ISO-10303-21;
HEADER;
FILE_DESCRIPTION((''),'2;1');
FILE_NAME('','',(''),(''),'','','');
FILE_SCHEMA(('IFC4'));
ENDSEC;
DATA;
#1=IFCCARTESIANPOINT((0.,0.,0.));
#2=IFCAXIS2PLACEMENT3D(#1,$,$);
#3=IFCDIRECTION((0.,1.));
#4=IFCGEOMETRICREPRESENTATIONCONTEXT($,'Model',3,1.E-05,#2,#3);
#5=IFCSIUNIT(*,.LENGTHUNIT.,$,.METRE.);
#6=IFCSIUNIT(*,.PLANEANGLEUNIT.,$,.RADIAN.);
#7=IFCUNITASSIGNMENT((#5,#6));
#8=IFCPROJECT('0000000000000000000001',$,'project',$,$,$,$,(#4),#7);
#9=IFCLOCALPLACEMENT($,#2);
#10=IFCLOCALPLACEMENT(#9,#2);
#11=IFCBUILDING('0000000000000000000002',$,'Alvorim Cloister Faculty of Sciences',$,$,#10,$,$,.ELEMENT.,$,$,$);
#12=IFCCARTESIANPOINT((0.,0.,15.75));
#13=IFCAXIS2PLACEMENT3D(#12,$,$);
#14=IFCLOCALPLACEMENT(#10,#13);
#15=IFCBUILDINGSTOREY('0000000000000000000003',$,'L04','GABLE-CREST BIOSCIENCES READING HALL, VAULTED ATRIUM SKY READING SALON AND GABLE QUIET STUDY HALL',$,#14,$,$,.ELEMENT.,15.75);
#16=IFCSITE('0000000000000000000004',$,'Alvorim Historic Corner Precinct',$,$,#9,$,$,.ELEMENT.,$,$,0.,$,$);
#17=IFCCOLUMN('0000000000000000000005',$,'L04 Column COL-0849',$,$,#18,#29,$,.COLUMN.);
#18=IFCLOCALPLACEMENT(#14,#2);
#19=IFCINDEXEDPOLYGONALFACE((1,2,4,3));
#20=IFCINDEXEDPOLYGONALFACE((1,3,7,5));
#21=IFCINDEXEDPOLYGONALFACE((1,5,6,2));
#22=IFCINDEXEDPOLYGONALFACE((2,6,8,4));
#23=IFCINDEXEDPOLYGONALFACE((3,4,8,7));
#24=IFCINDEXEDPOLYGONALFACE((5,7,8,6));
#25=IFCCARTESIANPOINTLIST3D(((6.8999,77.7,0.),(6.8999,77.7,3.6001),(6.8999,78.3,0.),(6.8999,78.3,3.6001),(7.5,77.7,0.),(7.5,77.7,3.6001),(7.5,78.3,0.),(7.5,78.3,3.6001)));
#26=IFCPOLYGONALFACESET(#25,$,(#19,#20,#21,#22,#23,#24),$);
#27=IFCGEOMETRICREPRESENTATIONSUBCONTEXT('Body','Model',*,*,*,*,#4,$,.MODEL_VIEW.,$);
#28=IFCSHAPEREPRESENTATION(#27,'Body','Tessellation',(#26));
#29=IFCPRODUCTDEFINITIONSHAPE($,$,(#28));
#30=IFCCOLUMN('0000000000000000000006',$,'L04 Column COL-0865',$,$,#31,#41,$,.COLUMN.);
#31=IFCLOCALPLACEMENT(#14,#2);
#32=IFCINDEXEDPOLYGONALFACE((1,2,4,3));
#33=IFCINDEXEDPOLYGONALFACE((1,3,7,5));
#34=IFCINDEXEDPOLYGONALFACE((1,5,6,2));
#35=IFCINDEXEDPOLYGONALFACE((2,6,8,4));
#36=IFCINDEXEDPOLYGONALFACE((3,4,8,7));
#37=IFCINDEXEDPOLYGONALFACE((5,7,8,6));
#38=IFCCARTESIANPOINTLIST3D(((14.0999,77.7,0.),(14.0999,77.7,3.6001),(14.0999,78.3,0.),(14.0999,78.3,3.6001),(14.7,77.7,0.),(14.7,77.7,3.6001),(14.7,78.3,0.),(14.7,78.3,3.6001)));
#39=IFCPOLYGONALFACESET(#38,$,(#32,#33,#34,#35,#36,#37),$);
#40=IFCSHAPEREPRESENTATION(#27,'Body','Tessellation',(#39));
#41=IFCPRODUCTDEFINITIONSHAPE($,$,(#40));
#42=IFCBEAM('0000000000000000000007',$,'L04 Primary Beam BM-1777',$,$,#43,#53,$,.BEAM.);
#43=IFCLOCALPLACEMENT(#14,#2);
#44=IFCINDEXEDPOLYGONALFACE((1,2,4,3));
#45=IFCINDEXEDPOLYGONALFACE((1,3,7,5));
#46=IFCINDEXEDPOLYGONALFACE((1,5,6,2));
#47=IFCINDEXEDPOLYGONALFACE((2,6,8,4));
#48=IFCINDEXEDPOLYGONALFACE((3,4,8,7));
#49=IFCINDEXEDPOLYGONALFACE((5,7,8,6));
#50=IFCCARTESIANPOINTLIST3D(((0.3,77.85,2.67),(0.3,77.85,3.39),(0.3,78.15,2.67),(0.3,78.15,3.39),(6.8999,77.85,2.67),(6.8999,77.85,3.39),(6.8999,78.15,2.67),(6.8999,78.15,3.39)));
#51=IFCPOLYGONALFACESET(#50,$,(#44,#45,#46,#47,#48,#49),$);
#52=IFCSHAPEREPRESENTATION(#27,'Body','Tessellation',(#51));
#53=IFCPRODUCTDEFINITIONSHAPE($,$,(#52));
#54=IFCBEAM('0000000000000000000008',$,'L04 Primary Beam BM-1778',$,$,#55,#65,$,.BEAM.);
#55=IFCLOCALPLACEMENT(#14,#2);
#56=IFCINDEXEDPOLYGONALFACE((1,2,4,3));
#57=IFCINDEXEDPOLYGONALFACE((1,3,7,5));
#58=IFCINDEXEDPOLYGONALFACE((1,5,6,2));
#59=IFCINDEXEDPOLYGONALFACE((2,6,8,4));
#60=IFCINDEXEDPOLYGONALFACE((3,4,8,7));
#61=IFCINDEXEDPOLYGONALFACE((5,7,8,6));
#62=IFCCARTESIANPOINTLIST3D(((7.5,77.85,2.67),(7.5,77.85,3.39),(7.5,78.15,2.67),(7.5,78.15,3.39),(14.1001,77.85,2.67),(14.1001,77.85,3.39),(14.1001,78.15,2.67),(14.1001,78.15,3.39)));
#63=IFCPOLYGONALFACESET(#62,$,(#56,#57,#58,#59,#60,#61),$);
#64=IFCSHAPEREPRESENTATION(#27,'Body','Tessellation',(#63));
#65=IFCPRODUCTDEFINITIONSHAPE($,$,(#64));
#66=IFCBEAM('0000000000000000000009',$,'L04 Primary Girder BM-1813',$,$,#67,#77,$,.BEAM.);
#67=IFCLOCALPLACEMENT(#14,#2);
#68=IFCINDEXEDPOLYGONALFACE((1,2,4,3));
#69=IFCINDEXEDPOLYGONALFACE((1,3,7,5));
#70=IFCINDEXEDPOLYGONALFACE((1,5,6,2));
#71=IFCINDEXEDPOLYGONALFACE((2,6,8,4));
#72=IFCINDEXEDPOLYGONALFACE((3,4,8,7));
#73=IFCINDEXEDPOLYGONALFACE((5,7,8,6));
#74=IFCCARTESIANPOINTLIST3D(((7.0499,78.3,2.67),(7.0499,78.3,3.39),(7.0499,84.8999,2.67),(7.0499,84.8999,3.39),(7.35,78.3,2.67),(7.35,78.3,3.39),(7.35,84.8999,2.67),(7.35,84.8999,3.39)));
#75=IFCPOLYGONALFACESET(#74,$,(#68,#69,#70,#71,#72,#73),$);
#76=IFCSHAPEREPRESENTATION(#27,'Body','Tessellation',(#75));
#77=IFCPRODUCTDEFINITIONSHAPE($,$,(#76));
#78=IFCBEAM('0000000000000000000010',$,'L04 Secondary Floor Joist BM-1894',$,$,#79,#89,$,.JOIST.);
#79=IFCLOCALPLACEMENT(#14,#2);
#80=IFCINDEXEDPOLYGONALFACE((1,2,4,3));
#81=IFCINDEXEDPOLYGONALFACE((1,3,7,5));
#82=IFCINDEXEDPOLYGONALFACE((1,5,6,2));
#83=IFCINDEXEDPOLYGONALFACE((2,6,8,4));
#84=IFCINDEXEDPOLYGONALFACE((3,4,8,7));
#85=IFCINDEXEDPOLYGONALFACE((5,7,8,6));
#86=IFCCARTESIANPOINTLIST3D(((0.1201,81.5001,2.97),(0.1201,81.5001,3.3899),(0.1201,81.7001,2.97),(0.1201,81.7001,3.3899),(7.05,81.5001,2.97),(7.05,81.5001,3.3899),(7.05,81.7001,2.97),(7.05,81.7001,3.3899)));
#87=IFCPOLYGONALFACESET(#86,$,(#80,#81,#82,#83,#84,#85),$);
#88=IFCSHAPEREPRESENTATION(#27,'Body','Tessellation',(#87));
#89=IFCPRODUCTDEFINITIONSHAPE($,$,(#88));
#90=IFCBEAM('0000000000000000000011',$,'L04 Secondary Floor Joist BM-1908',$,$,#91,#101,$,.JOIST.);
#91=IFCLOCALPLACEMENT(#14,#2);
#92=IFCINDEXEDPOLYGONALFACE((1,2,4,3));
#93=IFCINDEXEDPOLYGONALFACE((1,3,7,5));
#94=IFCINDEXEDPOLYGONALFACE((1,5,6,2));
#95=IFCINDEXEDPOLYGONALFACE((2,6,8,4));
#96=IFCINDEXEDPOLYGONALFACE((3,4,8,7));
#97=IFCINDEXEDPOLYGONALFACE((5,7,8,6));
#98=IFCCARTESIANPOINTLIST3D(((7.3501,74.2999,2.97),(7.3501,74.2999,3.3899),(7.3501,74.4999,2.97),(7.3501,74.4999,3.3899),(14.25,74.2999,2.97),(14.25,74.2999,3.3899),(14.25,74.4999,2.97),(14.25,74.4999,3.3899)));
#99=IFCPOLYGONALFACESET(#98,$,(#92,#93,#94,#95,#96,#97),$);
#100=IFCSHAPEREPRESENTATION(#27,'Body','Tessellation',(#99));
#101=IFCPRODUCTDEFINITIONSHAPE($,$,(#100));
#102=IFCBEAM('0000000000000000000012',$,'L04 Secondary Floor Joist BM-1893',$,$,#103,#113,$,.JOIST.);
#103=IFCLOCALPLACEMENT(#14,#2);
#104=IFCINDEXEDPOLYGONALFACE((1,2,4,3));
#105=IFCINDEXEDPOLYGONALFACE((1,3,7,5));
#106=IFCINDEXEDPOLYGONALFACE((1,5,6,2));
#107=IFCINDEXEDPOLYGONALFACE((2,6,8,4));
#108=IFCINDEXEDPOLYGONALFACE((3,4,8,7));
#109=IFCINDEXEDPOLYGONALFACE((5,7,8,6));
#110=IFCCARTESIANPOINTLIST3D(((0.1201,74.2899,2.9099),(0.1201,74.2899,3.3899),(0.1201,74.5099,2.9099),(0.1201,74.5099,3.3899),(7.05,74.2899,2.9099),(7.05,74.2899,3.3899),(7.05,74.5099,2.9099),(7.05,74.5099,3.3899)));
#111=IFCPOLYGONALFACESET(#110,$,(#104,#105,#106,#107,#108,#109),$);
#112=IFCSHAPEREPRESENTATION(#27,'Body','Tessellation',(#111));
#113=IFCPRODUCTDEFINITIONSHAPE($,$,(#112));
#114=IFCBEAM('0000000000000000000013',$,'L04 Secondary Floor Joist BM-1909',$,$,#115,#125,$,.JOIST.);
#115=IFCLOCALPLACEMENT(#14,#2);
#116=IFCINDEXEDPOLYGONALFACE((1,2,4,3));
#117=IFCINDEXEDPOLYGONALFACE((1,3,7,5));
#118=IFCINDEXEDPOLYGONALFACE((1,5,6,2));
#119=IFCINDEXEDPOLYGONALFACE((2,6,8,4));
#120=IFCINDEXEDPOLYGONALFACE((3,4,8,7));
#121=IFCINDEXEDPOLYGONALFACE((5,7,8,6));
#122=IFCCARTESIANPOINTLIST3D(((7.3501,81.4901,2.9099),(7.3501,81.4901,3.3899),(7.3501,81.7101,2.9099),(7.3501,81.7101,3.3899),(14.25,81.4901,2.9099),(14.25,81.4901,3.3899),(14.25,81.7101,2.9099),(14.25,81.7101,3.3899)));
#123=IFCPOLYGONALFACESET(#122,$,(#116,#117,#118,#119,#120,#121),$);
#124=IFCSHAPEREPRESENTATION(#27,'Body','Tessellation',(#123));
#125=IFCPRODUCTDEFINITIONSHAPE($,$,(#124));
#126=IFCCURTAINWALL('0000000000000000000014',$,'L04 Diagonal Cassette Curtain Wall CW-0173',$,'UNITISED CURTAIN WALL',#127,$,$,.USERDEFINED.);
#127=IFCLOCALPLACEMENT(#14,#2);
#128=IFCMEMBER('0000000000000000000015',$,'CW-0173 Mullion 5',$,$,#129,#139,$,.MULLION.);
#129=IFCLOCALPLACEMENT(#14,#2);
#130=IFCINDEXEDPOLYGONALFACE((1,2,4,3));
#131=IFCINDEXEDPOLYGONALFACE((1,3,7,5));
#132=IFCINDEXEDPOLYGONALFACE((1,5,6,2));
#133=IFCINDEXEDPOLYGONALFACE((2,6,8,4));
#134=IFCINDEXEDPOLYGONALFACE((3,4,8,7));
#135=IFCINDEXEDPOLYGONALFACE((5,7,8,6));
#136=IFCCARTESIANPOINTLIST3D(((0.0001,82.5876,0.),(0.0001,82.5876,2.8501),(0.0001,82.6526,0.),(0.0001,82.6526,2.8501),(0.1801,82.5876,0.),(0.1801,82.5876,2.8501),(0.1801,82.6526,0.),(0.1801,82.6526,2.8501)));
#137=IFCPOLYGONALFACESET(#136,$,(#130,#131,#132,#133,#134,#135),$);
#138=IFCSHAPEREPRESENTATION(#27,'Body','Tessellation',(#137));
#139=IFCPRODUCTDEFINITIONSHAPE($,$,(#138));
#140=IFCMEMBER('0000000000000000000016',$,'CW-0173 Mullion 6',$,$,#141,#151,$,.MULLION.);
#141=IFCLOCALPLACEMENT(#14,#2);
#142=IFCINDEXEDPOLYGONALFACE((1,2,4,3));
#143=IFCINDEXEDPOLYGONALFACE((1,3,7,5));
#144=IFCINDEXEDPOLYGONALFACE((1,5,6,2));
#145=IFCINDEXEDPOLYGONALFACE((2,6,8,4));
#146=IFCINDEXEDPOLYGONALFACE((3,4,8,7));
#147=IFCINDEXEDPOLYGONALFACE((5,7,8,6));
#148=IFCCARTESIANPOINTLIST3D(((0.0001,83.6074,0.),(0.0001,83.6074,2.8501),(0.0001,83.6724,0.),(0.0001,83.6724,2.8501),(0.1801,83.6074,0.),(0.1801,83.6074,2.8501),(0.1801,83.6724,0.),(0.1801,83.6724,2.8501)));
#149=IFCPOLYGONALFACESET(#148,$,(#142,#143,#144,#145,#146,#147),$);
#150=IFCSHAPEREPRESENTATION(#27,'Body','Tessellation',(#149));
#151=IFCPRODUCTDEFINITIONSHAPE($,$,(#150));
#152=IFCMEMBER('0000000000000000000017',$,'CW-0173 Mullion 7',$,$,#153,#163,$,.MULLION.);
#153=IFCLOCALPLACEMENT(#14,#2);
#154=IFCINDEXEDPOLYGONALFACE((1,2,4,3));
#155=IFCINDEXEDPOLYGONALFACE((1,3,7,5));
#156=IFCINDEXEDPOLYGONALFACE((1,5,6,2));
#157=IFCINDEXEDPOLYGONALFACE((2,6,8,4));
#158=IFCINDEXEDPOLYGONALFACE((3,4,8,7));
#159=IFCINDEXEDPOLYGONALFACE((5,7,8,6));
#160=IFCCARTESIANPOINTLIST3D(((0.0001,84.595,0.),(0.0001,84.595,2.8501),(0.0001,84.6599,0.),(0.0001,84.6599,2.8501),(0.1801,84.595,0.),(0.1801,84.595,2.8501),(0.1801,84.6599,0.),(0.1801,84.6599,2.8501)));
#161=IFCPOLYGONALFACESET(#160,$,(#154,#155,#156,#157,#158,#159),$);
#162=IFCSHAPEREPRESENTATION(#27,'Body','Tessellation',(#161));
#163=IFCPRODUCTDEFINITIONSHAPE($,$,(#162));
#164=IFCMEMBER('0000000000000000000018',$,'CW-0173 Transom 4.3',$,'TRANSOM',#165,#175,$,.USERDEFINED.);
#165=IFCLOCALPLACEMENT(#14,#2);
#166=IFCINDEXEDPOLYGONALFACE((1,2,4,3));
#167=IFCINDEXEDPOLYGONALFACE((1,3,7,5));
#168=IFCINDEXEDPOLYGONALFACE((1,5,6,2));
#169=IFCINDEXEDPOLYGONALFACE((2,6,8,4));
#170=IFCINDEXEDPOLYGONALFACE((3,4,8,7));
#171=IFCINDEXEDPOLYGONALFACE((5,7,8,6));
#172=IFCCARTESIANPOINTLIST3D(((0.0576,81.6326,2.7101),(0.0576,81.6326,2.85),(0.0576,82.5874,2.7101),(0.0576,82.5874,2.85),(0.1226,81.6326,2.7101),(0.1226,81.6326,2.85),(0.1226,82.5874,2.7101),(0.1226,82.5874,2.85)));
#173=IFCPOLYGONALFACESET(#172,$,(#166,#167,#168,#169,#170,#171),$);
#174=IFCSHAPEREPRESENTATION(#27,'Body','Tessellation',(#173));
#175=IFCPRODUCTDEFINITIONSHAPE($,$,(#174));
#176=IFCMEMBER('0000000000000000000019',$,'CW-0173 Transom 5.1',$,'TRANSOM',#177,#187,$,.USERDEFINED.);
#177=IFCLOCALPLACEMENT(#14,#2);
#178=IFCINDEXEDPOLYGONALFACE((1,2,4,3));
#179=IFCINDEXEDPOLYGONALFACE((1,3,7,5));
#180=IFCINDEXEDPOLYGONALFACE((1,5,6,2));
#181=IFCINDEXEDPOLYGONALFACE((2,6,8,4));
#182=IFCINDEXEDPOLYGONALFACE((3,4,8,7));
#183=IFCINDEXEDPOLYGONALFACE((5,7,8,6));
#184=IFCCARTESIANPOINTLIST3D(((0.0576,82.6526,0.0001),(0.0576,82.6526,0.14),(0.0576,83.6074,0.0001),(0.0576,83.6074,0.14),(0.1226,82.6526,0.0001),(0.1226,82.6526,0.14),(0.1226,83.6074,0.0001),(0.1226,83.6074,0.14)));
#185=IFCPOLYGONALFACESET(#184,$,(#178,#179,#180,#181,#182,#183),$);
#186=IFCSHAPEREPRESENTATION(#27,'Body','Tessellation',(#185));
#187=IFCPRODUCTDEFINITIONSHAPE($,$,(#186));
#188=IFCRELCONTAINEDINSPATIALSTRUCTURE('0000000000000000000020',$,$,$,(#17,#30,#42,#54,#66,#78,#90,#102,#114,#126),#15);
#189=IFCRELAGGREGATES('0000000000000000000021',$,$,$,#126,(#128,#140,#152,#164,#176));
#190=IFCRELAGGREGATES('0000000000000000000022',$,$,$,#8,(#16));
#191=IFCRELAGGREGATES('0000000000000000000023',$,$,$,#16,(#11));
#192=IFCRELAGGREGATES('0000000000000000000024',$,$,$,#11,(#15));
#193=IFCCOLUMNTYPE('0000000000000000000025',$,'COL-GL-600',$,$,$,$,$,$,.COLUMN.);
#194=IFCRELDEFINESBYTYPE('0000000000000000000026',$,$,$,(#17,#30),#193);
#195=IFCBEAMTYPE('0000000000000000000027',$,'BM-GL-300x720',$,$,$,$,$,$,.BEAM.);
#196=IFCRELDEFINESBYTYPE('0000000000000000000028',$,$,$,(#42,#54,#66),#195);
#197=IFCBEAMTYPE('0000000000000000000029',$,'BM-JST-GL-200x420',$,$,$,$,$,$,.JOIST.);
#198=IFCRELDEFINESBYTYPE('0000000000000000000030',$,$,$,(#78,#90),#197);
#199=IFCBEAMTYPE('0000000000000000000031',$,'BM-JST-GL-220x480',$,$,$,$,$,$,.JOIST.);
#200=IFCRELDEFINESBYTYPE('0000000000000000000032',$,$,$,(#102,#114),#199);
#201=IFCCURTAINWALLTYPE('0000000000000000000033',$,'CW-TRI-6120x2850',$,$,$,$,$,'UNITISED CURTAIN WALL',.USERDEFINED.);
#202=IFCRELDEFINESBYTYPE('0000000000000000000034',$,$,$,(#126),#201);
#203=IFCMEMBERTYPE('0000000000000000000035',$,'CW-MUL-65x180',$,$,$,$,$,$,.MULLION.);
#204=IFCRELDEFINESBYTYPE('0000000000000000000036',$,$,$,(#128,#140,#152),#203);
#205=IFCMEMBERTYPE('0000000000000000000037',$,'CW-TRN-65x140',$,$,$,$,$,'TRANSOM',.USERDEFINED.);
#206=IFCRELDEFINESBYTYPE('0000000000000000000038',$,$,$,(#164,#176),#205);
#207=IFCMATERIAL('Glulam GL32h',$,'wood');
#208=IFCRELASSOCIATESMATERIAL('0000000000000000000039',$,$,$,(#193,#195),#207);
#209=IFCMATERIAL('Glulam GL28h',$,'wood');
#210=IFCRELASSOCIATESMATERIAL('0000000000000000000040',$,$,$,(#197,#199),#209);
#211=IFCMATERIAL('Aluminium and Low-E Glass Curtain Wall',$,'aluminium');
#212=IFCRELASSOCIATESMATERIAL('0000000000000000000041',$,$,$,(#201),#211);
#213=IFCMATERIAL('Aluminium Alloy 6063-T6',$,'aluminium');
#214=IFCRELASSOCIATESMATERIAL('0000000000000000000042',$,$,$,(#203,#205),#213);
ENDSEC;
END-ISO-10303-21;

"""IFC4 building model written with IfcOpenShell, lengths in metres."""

from ifc_helpers import new_model, si_unit, direction, frame, origin, origin_2d, place, context, subcontext, project, spatial, rectangle, extrude, material, material_profile, profile_set, type_object, element, aggregate, save


model = new_model("IFC4")

# Units and contexts
model_context = context("Model", 3, precision=1e-05, world=origin(), true_north=direction((0.0, 1.0)))
body_context = subcontext(model_context, "Body", "Model", "MODEL_VIEW")
ifc_project = project(units=[si_unit("LENGTHUNIT", "METRE"), si_unit("PLANEANGLEUNIT", "RADIAN")], contexts=[model_context])

# Site, building, storey
site_placement = place(None, origin())
site = spatial("IfcSite", under=ifc_project, at=site_placement, Name="Alvorim Historic Corner Precinct", CompositionType="ELEMENT", RefElevation=0.0)
building_placement = place(site_placement, origin())
building = spatial("IfcBuilding", under=site, at=building_placement, Name="Alvorim Cloister Faculty of Sciences", CompositionType="ELEMENT")
storey_placement = place(building_placement, frame((0.0, 0.0, 15.75)))
storey = spatial("IfcBuildingStorey", under=building, at=storey_placement, Name="L04", Description="GABLE-CREST BIOSCIENCES READING HALL, VAULTED ATRIUM SKY READING SALON AND GABLE QUIET STUDY HALL", CompositionType="ELEMENT", Elevation=15.75)

# Columns
ifc_material_1 = material(Name="Glulam GL32h", Category="wood")
ifc_material_profile_1 = material_profile(ifc_material_1, rectangle(XDim=0.6001, YDim=0.6001, at=origin_2d()), Name="GL32-COL-600x600")
ifc_profile_set_1 = profile_set([ifc_material_profile_1], Name="Glulam GL32h")
column_type = type_object("IfcColumnType", Name="COL-GL-600", PredefinedType="COLUMN", material=ifc_profile_set_1)
for number, where, z_axis, x_axis, name in (
    (1, (7.2, 78.0, 0.0), (0.0, 0.0, 1.0), (1.0, 0.0, 0.0), "L04 Column COL-0849"),
    (2, (14.3999, 78.0, 0.0), (0.0, 0.0, 1.0), (1.0, 0.0, 0.0), "L04 Column COL-0865"),
):
    element("IfcColumn", number, at=place(storey_placement, frame(where, z_axis=z_axis, x_axis=x_axis)), inside=storey, type_object=column_type, Name=name, PredefinedType="COLUMN", context=body_context, shape_type="SweptSolid", body=[
        extrude(rectangle(XDim=0.6001, YDim=0.6001, at=origin_2d()), origin(), (0.0, 0.0, 1.0), 3.6001),
    ])

# Beams
ifc_material_profile_2 = material_profile(ifc_material_1, rectangle(XDim=0.3, YDim=0.72, at=origin_2d()), Name="GL32-BM-300x720")
ifc_profile_set_2 = profile_set([ifc_material_profile_2], Name="Glulam GL32h")
beam_type_1 = type_object("IfcBeamType", Name="BM-GL-300x720", PredefinedType="BEAM", material=ifc_profile_set_2)
beam_1_placement = place(storey_placement, frame((0.3, 78.0, 3.03), z_axis=(1.0, 0.0, 0.0), x_axis=(0.0, 1.0, 0.0)))
element("IfcBeam", 3, at=beam_1_placement, inside=storey, type_object=beam_type_1, Name="L04 Primary Beam BM-1777", PredefinedType="BEAM", context=body_context, shape_type="SweptSolid", body=[
    extrude(rectangle(XDim=0.3, YDim=0.72, at=origin_2d()), origin(), (0.0, 0.0, 1.0), 6.5999),
])
beam_2_placement = place(storey_placement, frame((7.5, 78.0, 3.03), z_axis=(1.0, 0.0, 0.0), x_axis=(0.0, 1.0, 0.0)))
element("IfcBeam", 4, at=beam_2_placement, inside=storey, type_object=beam_type_1, Name="L04 Primary Beam BM-1778", PredefinedType="BEAM", context=body_context, shape_type="SweptSolid", body=[
    extrude(rectangle(XDim=0.3, YDim=0.72, at=origin_2d()), origin(), (0.0, 0.0, 1.0), 6.6001),
])
beam_3_placement = place(storey_placement, frame((7.2, 78.3, 3.03), z_axis=(0.0, 1.0, 0.0), x_axis=(-1.0, 0.0, 0.0)))
element("IfcBeam", 5, at=beam_3_placement, inside=storey, type_object=beam_type_1, Name="L04 Primary Girder BM-1813", PredefinedType="BEAM", context=body_context, shape_type="SweptSolid", body=[
    extrude(rectangle(XDim=0.3, YDim=0.72, at=origin_2d()), origin(), (0.0, 0.0, 1.0), 6.5999),
])
ifc_material_2 = material(Name="Glulam GL28h", Category="wood")
ifc_material_profile_3 = material_profile(ifc_material_2, rectangle(XDim=0.2, YDim=0.4199, at=origin_2d()), Name="GL28-JST-200x420")
ifc_profile_set_3 = profile_set([ifc_material_profile_3], Name="Glulam GL28h")
beam_type_2 = type_object("IfcBeamType", Name="BM-JST-GL-200x420", PredefinedType="JOIST", material=ifc_profile_set_3)
beam_4_placement = place(storey_placement, frame((0.1201, 81.6001, 3.1799), z_axis=(1.0, 0.0, 0.0), x_axis=(0.0, 1.0, 0.0)))
element("IfcBeam", 6, at=beam_4_placement, inside=storey, type_object=beam_type_2, Name="L04 Secondary Floor Joist BM-1894", PredefinedType="JOIST", context=body_context, shape_type="SweptSolid", body=[
    extrude(rectangle(XDim=0.2, YDim=0.4199, at=origin_2d()), origin(), (0.0, 0.0, 1.0), 6.9299),
])
beam_5_placement = place(storey_placement, frame((7.3501, 74.3999, 3.1799), z_axis=(1.0, 0.0, 0.0), x_axis=(0.0, 1.0, 0.0)))
element("IfcBeam", 7, at=beam_5_placement, inside=storey, type_object=beam_type_2, Name="L04 Secondary Floor Joist BM-1908", PredefinedType="JOIST", context=body_context, shape_type="SweptSolid", body=[
    extrude(rectangle(XDim=0.2, YDim=0.4199, at=origin_2d()), origin(), (0.0, 0.0, 1.0), 6.8999),
])
ifc_material_profile_4 = material_profile(ifc_material_2, rectangle(XDim=0.22, YDim=0.48, at=origin_2d()), Name="GL28-JST-220x480")
ifc_profile_set_4 = profile_set([ifc_material_profile_4], Name="Glulam GL28h")
beam_type_3 = type_object("IfcBeamType", Name="BM-JST-GL-220x480", PredefinedType="JOIST", material=ifc_profile_set_4)
beam_6_placement = place(storey_placement, frame((0.1201, 74.3999, 3.1499), z_axis=(1.0, 0.0, 0.0), x_axis=(0.0, 1.0, 0.0)))
element("IfcBeam", 8, at=beam_6_placement, inside=storey, type_object=beam_type_3, Name="L04 Secondary Floor Joist BM-1893", PredefinedType="JOIST", context=body_context, shape_type="SweptSolid", body=[
    extrude(rectangle(XDim=0.22, YDim=0.48, at=origin_2d()), origin(), (0.0, 0.0, 1.0), 6.9299),
])
beam_7_placement = place(storey_placement, frame((7.3501, 81.6001, 3.1499), z_axis=(1.0, 0.0, 0.0), x_axis=(0.0, 1.0, 0.0)))
element("IfcBeam", 9, at=beam_7_placement, inside=storey, type_object=beam_type_3, Name="L04 Secondary Floor Joist BM-1909", PredefinedType="JOIST", context=body_context, shape_type="SweptSolid", body=[
    extrude(rectangle(XDim=0.22, YDim=0.48, at=origin_2d()), origin(), (0.0, 0.0, 1.0), 6.8999),
])

# Curtain wall, members
ifc_material_3 = material(Name="Aluminium and Low-E Glass Curtain Wall", Category="aluminium")
curtain_wall_type = type_object("IfcCurtainWallType", Name="CW-TRI-6120x2850", ElementType="UNITISED CURTAIN WALL", PredefinedType="USERDEFINED", material=ifc_material_3)
curtain_wall_placement = place(storey_placement, origin())
curtain_wall = element("IfcCurtainWall", 10, at=curtain_wall_placement, inside=storey, type_object=curtain_wall_type, Name="L04 Diagonal Cassette Curtain Wall CW-0173", ObjectType="UNITISED CURTAIN WALL", PredefinedType="USERDEFINED")
ifc_material_4 = material(Name="Aluminium Alloy 6063-T6", Category="aluminium")
ifc_material_profile_5 = material_profile(ifc_material_4, rectangle(XDim=0.0649, YDim=0.1799, at=origin_2d()), Name="ALU-MUL-65x180")
ifc_profile_set_5 = profile_set([ifc_material_profile_5], Name="Aluminium Alloy 6063-T6")
member_type_1 = type_object("IfcMemberType", Name="CW-MUL-65x180", PredefinedType="MULLION", material=ifc_profile_set_5)
member_1_placement = place(storey_placement, frame((0.0901, 82.6201, 0.0), z_axis=(0.0, 0.0, 1.0), x_axis=(0.0, 1.0, 0.0)))
member_1 = element("IfcMember", 11, at=member_1_placement, type_object=member_type_1, Name="CW-0173 Mullion 5", PredefinedType="MULLION", context=body_context, shape_type="SweptSolid", body=[
    extrude(rectangle(XDim=0.0649, YDim=0.1799, at=origin_2d()), origin(), (0.0, 0.0, 1.0), 2.8501),
])
member_2_placement = place(storey_placement, frame((0.0901, 83.6399, 0.0), z_axis=(0.0, 0.0, 1.0), x_axis=(0.0, 1.0, 0.0)))
member_2 = element("IfcMember", 12, at=member_2_placement, type_object=member_type_1, Name="CW-0173 Mullion 6", PredefinedType="MULLION", context=body_context, shape_type="SweptSolid", body=[
    extrude(rectangle(XDim=0.0649, YDim=0.1799, at=origin_2d()), origin(), (0.0, 0.0, 1.0), 2.8501),
])
member_3_placement = place(storey_placement, frame((0.0901, 84.6274, 0.0), z_axis=(0.0, 0.0, 1.0), x_axis=(0.0, 1.0, 0.0)))
member_3 = element("IfcMember", 13, at=member_3_placement, type_object=member_type_1, Name="CW-0173 Mullion 7", PredefinedType="MULLION", context=body_context, shape_type="SweptSolid", body=[
    extrude(rectangle(XDim=0.0649, YDim=0.1799, at=origin_2d()), origin(), (0.0, 0.0, 1.0), 2.8501),
])
ifc_material_profile_6 = material_profile(ifc_material_4, rectangle(XDim=0.0649, YDim=0.1399, at=origin_2d()), Name="ALU-TRN-65x140")
ifc_profile_set_6 = profile_set([ifc_material_profile_6], Name="Aluminium Alloy 6063-T6")
member_type_2 = type_object("IfcMemberType", Name="CW-TRN-65x140", ElementType="TRANSOM", PredefinedType="USERDEFINED", material=ifc_profile_set_6)
member_4_placement = place(storey_placement, frame((0.0901, 81.6326, 2.78), z_axis=(0.0, 1.0, 0.0), x_axis=(-1.0, 0.0, 0.0)))
member_4 = element("IfcMember", 14, at=member_4_placement, type_object=member_type_2, Name="CW-0173 Transom 4.3", ObjectType="TRANSOM", PredefinedType="USERDEFINED", context=body_context, shape_type="SweptSolid", body=[
    extrude(rectangle(XDim=0.0649, YDim=0.1399, at=origin_2d()), origin(), (0.0, 0.0, 1.0), 0.9548),
])
member_5_placement = place(storey_placement, frame((0.0901, 82.6526, 0.0701), z_axis=(0.0, 1.0, 0.0), x_axis=(-1.0, 0.0, 0.0)))
member_5 = element("IfcMember", 15, at=member_5_placement, type_object=member_type_2, Name="CW-0173 Transom 5.1", ObjectType="TRANSOM", PredefinedType="USERDEFINED", context=body_context, shape_type="SweptSolid", body=[
    extrude(rectangle(XDim=0.0649, YDim=0.1399, at=origin_2d()), origin(), (0.0, 0.0, 1.0), 0.9548),
])
aggregate(curtain_wall, [member_1, member_2, member_3, member_4, member_5])

save(model, "model.ifc")
